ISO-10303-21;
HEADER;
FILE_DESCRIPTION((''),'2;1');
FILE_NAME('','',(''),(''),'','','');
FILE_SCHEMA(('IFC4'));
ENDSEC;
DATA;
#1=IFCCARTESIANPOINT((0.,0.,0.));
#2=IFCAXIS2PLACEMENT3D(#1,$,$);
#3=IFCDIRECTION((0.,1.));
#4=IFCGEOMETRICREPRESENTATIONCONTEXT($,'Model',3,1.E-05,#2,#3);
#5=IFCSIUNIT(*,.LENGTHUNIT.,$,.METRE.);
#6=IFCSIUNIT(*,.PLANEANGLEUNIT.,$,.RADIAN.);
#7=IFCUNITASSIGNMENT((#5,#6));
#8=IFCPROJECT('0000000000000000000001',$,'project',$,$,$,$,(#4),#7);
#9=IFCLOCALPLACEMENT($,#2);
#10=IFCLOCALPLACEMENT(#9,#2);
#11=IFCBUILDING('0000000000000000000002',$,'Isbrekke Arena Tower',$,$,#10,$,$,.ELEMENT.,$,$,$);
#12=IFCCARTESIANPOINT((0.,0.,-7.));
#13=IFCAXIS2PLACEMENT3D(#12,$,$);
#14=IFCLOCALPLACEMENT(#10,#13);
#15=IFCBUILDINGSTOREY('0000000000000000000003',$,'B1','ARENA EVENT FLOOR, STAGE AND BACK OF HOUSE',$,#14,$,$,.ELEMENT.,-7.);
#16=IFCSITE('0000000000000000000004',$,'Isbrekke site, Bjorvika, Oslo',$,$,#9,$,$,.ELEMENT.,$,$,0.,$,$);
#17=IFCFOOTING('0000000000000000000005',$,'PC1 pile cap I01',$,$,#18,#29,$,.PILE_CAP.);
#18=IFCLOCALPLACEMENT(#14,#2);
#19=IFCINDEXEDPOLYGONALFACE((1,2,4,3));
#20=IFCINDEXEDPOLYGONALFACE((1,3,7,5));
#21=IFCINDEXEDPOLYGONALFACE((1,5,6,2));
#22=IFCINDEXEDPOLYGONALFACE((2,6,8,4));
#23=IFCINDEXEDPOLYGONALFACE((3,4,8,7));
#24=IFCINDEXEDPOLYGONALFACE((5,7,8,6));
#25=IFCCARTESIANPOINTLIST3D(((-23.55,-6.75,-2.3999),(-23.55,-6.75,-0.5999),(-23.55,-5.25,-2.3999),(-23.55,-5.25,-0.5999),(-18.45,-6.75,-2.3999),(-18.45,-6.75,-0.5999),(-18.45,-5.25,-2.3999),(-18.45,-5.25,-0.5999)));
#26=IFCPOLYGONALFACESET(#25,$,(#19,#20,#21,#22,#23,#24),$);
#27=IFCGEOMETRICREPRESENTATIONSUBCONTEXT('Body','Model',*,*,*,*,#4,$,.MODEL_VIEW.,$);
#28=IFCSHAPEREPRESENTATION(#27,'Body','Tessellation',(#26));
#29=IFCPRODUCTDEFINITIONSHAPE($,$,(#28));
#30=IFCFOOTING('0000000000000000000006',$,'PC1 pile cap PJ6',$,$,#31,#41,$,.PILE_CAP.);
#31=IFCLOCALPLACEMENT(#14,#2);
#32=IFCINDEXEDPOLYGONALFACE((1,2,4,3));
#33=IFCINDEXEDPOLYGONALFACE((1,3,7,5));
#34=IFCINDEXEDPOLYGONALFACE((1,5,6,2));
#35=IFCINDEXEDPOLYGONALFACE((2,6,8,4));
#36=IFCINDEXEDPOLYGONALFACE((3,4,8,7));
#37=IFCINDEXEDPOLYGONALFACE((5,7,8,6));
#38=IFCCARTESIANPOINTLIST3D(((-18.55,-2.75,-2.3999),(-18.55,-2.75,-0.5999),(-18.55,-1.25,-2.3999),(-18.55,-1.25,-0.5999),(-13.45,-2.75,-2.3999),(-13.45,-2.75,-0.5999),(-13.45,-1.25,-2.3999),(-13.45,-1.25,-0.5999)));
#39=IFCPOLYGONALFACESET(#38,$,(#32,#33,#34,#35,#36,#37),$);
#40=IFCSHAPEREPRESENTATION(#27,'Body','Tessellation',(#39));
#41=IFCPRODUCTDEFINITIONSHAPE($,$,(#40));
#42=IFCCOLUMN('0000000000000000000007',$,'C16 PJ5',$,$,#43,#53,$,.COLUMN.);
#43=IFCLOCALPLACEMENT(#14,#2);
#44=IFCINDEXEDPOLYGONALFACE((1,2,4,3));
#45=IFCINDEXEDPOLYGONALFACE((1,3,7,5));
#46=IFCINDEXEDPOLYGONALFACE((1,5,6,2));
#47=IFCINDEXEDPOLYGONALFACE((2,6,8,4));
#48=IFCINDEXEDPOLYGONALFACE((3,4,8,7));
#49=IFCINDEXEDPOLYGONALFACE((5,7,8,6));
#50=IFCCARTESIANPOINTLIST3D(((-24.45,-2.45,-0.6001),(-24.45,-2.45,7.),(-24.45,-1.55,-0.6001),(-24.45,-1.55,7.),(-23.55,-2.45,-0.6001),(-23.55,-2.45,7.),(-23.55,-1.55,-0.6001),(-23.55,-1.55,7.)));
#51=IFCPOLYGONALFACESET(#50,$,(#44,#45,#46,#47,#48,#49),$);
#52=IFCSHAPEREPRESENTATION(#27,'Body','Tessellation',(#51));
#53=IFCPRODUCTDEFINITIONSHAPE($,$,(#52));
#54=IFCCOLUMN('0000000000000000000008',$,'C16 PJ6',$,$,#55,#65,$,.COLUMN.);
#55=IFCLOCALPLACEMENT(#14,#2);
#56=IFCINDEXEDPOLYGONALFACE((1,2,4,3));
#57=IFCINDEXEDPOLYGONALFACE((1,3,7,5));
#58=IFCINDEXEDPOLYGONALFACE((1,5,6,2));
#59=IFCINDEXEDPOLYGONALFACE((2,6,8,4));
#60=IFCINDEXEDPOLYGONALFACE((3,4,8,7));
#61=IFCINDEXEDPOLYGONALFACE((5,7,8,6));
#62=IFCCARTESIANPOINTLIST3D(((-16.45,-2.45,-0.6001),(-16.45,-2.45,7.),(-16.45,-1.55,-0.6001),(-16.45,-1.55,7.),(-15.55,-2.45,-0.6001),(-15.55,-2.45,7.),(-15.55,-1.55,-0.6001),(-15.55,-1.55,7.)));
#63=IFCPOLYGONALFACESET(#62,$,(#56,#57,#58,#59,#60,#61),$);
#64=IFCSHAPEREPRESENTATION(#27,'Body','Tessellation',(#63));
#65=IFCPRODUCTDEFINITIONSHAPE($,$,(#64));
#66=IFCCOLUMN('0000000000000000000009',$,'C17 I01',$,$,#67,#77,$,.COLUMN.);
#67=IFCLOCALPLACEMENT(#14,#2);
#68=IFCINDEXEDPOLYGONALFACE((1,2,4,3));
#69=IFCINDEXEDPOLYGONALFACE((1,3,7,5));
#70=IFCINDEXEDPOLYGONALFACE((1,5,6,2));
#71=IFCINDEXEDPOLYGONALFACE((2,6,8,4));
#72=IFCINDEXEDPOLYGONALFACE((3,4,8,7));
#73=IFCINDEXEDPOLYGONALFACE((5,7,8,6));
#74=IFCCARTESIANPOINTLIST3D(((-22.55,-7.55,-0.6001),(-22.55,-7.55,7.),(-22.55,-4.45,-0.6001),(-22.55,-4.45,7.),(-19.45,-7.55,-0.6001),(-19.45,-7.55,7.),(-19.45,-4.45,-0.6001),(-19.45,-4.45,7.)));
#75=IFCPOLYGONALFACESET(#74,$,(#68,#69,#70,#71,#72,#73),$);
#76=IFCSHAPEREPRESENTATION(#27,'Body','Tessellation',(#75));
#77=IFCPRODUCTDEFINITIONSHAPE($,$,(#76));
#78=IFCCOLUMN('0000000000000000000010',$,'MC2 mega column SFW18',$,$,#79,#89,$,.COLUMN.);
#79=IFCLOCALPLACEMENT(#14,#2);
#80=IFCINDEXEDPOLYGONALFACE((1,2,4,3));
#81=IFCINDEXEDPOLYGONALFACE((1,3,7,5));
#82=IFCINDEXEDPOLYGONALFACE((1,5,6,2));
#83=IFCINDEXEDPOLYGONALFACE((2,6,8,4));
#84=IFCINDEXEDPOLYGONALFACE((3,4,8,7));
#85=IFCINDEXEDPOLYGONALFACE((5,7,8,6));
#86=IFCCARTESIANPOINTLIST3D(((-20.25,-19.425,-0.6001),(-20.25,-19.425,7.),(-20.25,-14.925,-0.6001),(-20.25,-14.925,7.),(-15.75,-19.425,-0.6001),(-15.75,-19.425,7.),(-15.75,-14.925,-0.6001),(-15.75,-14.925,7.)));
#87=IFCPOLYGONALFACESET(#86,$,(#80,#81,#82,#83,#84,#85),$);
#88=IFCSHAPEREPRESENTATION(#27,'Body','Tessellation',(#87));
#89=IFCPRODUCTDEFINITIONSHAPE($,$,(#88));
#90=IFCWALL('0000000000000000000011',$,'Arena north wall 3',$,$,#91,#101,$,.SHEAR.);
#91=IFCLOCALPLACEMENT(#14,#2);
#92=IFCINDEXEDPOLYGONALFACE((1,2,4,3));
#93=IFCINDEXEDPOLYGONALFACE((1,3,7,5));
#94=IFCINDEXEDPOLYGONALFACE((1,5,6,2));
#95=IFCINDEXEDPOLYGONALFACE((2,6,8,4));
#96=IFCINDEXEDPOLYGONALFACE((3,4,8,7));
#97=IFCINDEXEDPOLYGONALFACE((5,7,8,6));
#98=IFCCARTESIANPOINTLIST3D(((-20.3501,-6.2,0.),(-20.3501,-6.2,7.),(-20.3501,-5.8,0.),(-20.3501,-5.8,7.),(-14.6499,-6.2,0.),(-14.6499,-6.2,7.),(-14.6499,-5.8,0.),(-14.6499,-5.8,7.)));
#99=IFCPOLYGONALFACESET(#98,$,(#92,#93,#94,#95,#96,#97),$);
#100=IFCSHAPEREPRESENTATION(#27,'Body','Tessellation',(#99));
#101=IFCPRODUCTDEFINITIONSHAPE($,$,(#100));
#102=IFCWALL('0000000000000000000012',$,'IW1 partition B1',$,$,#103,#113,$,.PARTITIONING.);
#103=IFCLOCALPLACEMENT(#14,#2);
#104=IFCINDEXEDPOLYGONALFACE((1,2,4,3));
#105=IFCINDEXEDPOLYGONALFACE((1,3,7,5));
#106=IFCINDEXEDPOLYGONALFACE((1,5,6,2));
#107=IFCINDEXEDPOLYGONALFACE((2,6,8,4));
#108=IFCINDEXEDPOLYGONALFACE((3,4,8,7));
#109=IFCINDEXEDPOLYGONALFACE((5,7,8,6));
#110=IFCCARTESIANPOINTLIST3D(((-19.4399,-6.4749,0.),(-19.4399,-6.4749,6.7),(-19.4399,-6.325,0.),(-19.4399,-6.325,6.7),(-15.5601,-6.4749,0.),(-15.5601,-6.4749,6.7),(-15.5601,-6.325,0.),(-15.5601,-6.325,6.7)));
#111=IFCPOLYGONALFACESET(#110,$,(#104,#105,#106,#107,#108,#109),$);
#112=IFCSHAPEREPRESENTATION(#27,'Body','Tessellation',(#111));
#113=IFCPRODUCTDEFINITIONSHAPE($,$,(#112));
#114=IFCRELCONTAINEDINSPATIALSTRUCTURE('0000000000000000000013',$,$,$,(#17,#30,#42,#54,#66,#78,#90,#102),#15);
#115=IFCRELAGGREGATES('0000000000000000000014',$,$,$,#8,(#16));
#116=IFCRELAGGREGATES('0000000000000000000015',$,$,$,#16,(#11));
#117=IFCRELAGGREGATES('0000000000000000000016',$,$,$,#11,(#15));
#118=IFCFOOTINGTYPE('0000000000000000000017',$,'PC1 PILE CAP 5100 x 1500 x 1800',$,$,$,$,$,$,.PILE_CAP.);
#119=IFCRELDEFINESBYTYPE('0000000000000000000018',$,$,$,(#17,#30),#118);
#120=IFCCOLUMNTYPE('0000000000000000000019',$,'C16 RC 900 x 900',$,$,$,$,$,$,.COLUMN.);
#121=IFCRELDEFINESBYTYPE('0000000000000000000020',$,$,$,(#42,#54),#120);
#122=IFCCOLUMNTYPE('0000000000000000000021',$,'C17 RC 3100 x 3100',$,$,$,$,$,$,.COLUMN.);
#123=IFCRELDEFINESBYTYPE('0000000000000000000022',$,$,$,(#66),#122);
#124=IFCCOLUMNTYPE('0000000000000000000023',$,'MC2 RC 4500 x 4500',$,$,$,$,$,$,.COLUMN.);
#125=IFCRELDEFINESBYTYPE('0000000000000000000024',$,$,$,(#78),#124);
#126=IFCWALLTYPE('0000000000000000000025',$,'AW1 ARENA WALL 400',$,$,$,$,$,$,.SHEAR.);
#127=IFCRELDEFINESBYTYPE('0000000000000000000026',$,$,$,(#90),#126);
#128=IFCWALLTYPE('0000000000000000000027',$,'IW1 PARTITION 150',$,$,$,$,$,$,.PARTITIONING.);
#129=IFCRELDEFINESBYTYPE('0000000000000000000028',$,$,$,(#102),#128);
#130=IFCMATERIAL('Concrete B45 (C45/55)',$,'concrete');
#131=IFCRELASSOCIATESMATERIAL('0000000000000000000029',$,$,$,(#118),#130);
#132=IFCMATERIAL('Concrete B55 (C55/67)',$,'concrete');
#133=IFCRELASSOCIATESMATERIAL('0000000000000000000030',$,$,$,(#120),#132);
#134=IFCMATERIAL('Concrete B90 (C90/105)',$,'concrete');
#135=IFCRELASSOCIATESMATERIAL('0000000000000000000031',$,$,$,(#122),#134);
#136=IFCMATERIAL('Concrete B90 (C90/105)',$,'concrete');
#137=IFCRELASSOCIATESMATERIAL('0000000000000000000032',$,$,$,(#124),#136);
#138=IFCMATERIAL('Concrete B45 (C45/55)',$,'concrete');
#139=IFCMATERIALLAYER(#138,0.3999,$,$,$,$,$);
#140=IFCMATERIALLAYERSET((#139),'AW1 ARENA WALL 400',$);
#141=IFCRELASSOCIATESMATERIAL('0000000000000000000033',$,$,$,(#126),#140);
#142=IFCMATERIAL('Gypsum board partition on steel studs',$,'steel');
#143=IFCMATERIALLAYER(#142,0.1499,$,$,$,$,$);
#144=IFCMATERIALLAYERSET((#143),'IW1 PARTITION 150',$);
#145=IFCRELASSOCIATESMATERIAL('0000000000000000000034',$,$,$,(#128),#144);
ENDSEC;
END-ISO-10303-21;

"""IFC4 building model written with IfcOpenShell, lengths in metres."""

from ifc_helpers import new_model, si_unit, direction, frame, frame_2d, origin, origin_2d, place, context, subcontext, project, spatial, rectangle, extrude, material, layer, layer_set, material_profile, profile_set, type_object, element, save


model = new_model("IFC4")

# Units and contexts
model_context = context("Model", 3, precision=1e-05, world=origin(), true_north=direction((0.0, 1.0)))
body_context = subcontext(model_context, "Body", "Model", "MODEL_VIEW")
ifc_project = project(units=[si_unit("LENGTHUNIT", "METRE"), si_unit("PLANEANGLEUNIT", "RADIAN")], contexts=[model_context])

# Site, building, storey
site_placement = place(None, origin())
site = spatial("IfcSite", under=ifc_project, at=site_placement, Name="Isbrekke site, Bjorvika, Oslo", CompositionType="ELEMENT", RefElevation=0.0)
building_placement = place(site_placement, origin())
building = spatial("IfcBuilding", under=site, at=building_placement, Name="Isbrekke Arena Tower", CompositionType="ELEMENT")
storey_placement = place(building_placement, frame((0.0, 0.0, -7.0)))
storey = spatial("IfcBuildingStorey", under=building, at=storey_placement, Name="B1", Description="ARENA EVENT FLOOR, STAGE AND BACK OF HOUSE", CompositionType="ELEMENT", Elevation=-7.0)

# Footings
ifc_material_1 = material(Name="Concrete B45 (C45/55)", Category="concrete")
footing_type = type_object("IfcFootingType", Name="PC1 PILE CAP 5100 x 1500 x 1800", PredefinedType="PILE_CAP", material=ifc_material_1)
for number, where, z_axis, x_axis, name in (
    (1, (-21.0, -6.0, -2.3999), (0.0, 0.0, 1.0), (1.0, 0.0, 0.0), "PC1 pile cap I01"),
    (2, (-16.0, -2.0, -2.3999), (0.0, 0.0, 1.0), (1.0, 0.0, 0.0), "PC1 pile cap PJ6"),
):
    element("IfcFooting", number, at=place(storey_placement, frame(where, z_axis=z_axis, x_axis=x_axis)), inside=storey, type_object=footing_type, Name=name, PredefinedType="PILE_CAP", context=body_context, shape_type="SweptSolid", body=[
        extrude(rectangle(XDim=5.1001, YDim=1.5, at=origin_2d()), origin(), (0.0, 0.0, 1.0), 1.8),
    ])

# Columns
ifc_material_2 = material(Name="Concrete B55 (C55/67)", Category="concrete")
ifc_material_profile_1 = material_profile(ifc_material_2, rectangle(XDim=0.8999, YDim=0.8999, at=origin_2d()), Name="RC 900x900")
ifc_profile_set_1 = profile_set([ifc_material_profile_1], Name="Concrete B55 (C55/67)")
column_type_1 = type_object("IfcColumnType", Name="C16 RC 900 x 900", PredefinedType="COLUMN", material=ifc_profile_set_1)
for number, where, z_axis, x_axis, name in (
    (3, (-24.0, -2.0, -0.6001), (0.0, 0.0, 1.0), (1.0, 0.0, 0.0), "C16 PJ5"),
    (4, (-16.0, -2.0, -0.6001), (0.0, 0.0, 1.0), (1.0, 0.0, 0.0), "C16 PJ6"),
):
    element("IfcColumn", number, at=place(storey_placement, frame(where, z_axis=z_axis, x_axis=x_axis)), inside=storey, type_object=column_type_1, Name=name, PredefinedType="COLUMN", context=body_context, shape_type="SweptSolid", body=[
        extrude(rectangle(XDim=0.8999, YDim=0.8999, at=origin_2d()), origin(), (0.0, 0.0, 1.0), 7.6001),
    ])
ifc_material_3 = material(Name="Concrete B90 (C90/105)", Category="concrete")
ifc_material_profile_2 = material_profile(ifc_material_3, rectangle(XDim=3.1001, YDim=3.1001, at=origin_2d()), Name="RC 3100x3100")
ifc_profile_set_2 = profile_set([ifc_material_profile_2], Name="Concrete B90 (C90/105)")
column_type_2 = type_object("IfcColumnType", Name="C17 RC 3100 x 3100", PredefinedType="COLUMN", material=ifc_profile_set_2)
column_1_placement = place(storey_placement, frame((-21.0, -6.0, -0.6001), z_axis=(0.0, 0.0, 1.0), x_axis=(1.0, 0.0, 0.0)))
element("IfcColumn", 5, at=column_1_placement, inside=storey, type_object=column_type_2, Name="C17 I01", PredefinedType="COLUMN", context=body_context, shape_type="SweptSolid", body=[
    extrude(rectangle(XDim=3.1001, YDim=3.1001, at=origin_2d()), origin(), (0.0, 0.0, 1.0), 7.6001),
])
ifc_material_4 = material(Name="Concrete B90 (C90/105)", Category="concrete")
ifc_material_profile_3 = material_profile(ifc_material_4, rectangle(XDim=4.5, YDim=4.5, at=origin_2d()), Name="RC 4500x4500")
ifc_profile_set_3 = profile_set([ifc_material_profile_3], Name="Concrete B90 (C90/105)")
column_type_3 = type_object("IfcColumnType", Name="MC2 RC 4500 x 4500", PredefinedType="COLUMN", material=ifc_profile_set_3)
column_2_placement = place(storey_placement, frame((-18.0, -17.175, -0.6001), z_axis=(0.0, 0.0, 1.0), x_axis=(1.0, 0.0, 0.0)))
element("IfcColumn", 6, at=column_2_placement, inside=storey, type_object=column_type_3, Name="MC2 mega column SFW18", PredefinedType="COLUMN", context=body_context, shape_type="SweptSolid", body=[
    extrude(rectangle(XDim=4.5, YDim=4.5, at=origin_2d()), origin(), (0.0, 0.0, 1.0), 7.6001),
])

# Walls
ifc_material_5 = material(Name="Concrete B45 (C45/55)", Category="concrete")
ifc_layer_1 = layer(ifc_material_5, 0.3999)
ifc_layer_set_1 = layer_set([ifc_layer_1], Name="AW1 ARENA WALL 400")
wall_type_1 = type_object("IfcWallType", Name="AW1 ARENA WALL 400", PredefinedType="SHEAR", material=ifc_layer_set_1)
wall_1_placement = place(storey_placement, frame((-20.3501, -6.0, 0.0), z_axis=(0.0, 0.0, 1.0), x_axis=(1.0, 0.0, 0.0)))
element("IfcWall", 7, at=wall_1_placement, inside=storey, type_object=wall_type_1, Name="Arena north wall 3", PredefinedType="SHEAR", context=body_context, shape_type="SweptSolid", body=[
    extrude(rectangle(XDim=5.7002, YDim=0.3999, at=frame_2d((2.8501, 0.0))), origin(), (0.0, 0.0, 1.0), 7.0),
])
ifc_material_6 = material(Name="Gypsum board partition on steel studs", Category="steel")
ifc_layer_2 = layer(ifc_material_6, 0.1499)
ifc_layer_set_2 = layer_set([ifc_layer_2], Name="IW1 PARTITION 150")
wall_type_2 = type_object("IfcWallType", Name="IW1 PARTITION 150", PredefinedType="PARTITIONING", material=ifc_layer_set_2)
wall_2_placement = place(storey_placement, frame((-19.4399, -6.3999, 0.0), z_axis=(0.0, 0.0, 1.0), x_axis=(1.0, 0.0, 0.0)))
element("IfcWall", 8, at=wall_2_placement, inside=storey, type_object=wall_type_2, Name="IW1 partition B1", PredefinedType="PARTITIONING", context=body_context, shape_type="SweptSolid", body=[
    extrude(rectangle(XDim=3.8799, YDim=0.1499, at=frame_2d((1.9399, 0.0))), origin(), (0.0, 0.0, 1.0), 6.7),
])

save(model, "model.ifc")
